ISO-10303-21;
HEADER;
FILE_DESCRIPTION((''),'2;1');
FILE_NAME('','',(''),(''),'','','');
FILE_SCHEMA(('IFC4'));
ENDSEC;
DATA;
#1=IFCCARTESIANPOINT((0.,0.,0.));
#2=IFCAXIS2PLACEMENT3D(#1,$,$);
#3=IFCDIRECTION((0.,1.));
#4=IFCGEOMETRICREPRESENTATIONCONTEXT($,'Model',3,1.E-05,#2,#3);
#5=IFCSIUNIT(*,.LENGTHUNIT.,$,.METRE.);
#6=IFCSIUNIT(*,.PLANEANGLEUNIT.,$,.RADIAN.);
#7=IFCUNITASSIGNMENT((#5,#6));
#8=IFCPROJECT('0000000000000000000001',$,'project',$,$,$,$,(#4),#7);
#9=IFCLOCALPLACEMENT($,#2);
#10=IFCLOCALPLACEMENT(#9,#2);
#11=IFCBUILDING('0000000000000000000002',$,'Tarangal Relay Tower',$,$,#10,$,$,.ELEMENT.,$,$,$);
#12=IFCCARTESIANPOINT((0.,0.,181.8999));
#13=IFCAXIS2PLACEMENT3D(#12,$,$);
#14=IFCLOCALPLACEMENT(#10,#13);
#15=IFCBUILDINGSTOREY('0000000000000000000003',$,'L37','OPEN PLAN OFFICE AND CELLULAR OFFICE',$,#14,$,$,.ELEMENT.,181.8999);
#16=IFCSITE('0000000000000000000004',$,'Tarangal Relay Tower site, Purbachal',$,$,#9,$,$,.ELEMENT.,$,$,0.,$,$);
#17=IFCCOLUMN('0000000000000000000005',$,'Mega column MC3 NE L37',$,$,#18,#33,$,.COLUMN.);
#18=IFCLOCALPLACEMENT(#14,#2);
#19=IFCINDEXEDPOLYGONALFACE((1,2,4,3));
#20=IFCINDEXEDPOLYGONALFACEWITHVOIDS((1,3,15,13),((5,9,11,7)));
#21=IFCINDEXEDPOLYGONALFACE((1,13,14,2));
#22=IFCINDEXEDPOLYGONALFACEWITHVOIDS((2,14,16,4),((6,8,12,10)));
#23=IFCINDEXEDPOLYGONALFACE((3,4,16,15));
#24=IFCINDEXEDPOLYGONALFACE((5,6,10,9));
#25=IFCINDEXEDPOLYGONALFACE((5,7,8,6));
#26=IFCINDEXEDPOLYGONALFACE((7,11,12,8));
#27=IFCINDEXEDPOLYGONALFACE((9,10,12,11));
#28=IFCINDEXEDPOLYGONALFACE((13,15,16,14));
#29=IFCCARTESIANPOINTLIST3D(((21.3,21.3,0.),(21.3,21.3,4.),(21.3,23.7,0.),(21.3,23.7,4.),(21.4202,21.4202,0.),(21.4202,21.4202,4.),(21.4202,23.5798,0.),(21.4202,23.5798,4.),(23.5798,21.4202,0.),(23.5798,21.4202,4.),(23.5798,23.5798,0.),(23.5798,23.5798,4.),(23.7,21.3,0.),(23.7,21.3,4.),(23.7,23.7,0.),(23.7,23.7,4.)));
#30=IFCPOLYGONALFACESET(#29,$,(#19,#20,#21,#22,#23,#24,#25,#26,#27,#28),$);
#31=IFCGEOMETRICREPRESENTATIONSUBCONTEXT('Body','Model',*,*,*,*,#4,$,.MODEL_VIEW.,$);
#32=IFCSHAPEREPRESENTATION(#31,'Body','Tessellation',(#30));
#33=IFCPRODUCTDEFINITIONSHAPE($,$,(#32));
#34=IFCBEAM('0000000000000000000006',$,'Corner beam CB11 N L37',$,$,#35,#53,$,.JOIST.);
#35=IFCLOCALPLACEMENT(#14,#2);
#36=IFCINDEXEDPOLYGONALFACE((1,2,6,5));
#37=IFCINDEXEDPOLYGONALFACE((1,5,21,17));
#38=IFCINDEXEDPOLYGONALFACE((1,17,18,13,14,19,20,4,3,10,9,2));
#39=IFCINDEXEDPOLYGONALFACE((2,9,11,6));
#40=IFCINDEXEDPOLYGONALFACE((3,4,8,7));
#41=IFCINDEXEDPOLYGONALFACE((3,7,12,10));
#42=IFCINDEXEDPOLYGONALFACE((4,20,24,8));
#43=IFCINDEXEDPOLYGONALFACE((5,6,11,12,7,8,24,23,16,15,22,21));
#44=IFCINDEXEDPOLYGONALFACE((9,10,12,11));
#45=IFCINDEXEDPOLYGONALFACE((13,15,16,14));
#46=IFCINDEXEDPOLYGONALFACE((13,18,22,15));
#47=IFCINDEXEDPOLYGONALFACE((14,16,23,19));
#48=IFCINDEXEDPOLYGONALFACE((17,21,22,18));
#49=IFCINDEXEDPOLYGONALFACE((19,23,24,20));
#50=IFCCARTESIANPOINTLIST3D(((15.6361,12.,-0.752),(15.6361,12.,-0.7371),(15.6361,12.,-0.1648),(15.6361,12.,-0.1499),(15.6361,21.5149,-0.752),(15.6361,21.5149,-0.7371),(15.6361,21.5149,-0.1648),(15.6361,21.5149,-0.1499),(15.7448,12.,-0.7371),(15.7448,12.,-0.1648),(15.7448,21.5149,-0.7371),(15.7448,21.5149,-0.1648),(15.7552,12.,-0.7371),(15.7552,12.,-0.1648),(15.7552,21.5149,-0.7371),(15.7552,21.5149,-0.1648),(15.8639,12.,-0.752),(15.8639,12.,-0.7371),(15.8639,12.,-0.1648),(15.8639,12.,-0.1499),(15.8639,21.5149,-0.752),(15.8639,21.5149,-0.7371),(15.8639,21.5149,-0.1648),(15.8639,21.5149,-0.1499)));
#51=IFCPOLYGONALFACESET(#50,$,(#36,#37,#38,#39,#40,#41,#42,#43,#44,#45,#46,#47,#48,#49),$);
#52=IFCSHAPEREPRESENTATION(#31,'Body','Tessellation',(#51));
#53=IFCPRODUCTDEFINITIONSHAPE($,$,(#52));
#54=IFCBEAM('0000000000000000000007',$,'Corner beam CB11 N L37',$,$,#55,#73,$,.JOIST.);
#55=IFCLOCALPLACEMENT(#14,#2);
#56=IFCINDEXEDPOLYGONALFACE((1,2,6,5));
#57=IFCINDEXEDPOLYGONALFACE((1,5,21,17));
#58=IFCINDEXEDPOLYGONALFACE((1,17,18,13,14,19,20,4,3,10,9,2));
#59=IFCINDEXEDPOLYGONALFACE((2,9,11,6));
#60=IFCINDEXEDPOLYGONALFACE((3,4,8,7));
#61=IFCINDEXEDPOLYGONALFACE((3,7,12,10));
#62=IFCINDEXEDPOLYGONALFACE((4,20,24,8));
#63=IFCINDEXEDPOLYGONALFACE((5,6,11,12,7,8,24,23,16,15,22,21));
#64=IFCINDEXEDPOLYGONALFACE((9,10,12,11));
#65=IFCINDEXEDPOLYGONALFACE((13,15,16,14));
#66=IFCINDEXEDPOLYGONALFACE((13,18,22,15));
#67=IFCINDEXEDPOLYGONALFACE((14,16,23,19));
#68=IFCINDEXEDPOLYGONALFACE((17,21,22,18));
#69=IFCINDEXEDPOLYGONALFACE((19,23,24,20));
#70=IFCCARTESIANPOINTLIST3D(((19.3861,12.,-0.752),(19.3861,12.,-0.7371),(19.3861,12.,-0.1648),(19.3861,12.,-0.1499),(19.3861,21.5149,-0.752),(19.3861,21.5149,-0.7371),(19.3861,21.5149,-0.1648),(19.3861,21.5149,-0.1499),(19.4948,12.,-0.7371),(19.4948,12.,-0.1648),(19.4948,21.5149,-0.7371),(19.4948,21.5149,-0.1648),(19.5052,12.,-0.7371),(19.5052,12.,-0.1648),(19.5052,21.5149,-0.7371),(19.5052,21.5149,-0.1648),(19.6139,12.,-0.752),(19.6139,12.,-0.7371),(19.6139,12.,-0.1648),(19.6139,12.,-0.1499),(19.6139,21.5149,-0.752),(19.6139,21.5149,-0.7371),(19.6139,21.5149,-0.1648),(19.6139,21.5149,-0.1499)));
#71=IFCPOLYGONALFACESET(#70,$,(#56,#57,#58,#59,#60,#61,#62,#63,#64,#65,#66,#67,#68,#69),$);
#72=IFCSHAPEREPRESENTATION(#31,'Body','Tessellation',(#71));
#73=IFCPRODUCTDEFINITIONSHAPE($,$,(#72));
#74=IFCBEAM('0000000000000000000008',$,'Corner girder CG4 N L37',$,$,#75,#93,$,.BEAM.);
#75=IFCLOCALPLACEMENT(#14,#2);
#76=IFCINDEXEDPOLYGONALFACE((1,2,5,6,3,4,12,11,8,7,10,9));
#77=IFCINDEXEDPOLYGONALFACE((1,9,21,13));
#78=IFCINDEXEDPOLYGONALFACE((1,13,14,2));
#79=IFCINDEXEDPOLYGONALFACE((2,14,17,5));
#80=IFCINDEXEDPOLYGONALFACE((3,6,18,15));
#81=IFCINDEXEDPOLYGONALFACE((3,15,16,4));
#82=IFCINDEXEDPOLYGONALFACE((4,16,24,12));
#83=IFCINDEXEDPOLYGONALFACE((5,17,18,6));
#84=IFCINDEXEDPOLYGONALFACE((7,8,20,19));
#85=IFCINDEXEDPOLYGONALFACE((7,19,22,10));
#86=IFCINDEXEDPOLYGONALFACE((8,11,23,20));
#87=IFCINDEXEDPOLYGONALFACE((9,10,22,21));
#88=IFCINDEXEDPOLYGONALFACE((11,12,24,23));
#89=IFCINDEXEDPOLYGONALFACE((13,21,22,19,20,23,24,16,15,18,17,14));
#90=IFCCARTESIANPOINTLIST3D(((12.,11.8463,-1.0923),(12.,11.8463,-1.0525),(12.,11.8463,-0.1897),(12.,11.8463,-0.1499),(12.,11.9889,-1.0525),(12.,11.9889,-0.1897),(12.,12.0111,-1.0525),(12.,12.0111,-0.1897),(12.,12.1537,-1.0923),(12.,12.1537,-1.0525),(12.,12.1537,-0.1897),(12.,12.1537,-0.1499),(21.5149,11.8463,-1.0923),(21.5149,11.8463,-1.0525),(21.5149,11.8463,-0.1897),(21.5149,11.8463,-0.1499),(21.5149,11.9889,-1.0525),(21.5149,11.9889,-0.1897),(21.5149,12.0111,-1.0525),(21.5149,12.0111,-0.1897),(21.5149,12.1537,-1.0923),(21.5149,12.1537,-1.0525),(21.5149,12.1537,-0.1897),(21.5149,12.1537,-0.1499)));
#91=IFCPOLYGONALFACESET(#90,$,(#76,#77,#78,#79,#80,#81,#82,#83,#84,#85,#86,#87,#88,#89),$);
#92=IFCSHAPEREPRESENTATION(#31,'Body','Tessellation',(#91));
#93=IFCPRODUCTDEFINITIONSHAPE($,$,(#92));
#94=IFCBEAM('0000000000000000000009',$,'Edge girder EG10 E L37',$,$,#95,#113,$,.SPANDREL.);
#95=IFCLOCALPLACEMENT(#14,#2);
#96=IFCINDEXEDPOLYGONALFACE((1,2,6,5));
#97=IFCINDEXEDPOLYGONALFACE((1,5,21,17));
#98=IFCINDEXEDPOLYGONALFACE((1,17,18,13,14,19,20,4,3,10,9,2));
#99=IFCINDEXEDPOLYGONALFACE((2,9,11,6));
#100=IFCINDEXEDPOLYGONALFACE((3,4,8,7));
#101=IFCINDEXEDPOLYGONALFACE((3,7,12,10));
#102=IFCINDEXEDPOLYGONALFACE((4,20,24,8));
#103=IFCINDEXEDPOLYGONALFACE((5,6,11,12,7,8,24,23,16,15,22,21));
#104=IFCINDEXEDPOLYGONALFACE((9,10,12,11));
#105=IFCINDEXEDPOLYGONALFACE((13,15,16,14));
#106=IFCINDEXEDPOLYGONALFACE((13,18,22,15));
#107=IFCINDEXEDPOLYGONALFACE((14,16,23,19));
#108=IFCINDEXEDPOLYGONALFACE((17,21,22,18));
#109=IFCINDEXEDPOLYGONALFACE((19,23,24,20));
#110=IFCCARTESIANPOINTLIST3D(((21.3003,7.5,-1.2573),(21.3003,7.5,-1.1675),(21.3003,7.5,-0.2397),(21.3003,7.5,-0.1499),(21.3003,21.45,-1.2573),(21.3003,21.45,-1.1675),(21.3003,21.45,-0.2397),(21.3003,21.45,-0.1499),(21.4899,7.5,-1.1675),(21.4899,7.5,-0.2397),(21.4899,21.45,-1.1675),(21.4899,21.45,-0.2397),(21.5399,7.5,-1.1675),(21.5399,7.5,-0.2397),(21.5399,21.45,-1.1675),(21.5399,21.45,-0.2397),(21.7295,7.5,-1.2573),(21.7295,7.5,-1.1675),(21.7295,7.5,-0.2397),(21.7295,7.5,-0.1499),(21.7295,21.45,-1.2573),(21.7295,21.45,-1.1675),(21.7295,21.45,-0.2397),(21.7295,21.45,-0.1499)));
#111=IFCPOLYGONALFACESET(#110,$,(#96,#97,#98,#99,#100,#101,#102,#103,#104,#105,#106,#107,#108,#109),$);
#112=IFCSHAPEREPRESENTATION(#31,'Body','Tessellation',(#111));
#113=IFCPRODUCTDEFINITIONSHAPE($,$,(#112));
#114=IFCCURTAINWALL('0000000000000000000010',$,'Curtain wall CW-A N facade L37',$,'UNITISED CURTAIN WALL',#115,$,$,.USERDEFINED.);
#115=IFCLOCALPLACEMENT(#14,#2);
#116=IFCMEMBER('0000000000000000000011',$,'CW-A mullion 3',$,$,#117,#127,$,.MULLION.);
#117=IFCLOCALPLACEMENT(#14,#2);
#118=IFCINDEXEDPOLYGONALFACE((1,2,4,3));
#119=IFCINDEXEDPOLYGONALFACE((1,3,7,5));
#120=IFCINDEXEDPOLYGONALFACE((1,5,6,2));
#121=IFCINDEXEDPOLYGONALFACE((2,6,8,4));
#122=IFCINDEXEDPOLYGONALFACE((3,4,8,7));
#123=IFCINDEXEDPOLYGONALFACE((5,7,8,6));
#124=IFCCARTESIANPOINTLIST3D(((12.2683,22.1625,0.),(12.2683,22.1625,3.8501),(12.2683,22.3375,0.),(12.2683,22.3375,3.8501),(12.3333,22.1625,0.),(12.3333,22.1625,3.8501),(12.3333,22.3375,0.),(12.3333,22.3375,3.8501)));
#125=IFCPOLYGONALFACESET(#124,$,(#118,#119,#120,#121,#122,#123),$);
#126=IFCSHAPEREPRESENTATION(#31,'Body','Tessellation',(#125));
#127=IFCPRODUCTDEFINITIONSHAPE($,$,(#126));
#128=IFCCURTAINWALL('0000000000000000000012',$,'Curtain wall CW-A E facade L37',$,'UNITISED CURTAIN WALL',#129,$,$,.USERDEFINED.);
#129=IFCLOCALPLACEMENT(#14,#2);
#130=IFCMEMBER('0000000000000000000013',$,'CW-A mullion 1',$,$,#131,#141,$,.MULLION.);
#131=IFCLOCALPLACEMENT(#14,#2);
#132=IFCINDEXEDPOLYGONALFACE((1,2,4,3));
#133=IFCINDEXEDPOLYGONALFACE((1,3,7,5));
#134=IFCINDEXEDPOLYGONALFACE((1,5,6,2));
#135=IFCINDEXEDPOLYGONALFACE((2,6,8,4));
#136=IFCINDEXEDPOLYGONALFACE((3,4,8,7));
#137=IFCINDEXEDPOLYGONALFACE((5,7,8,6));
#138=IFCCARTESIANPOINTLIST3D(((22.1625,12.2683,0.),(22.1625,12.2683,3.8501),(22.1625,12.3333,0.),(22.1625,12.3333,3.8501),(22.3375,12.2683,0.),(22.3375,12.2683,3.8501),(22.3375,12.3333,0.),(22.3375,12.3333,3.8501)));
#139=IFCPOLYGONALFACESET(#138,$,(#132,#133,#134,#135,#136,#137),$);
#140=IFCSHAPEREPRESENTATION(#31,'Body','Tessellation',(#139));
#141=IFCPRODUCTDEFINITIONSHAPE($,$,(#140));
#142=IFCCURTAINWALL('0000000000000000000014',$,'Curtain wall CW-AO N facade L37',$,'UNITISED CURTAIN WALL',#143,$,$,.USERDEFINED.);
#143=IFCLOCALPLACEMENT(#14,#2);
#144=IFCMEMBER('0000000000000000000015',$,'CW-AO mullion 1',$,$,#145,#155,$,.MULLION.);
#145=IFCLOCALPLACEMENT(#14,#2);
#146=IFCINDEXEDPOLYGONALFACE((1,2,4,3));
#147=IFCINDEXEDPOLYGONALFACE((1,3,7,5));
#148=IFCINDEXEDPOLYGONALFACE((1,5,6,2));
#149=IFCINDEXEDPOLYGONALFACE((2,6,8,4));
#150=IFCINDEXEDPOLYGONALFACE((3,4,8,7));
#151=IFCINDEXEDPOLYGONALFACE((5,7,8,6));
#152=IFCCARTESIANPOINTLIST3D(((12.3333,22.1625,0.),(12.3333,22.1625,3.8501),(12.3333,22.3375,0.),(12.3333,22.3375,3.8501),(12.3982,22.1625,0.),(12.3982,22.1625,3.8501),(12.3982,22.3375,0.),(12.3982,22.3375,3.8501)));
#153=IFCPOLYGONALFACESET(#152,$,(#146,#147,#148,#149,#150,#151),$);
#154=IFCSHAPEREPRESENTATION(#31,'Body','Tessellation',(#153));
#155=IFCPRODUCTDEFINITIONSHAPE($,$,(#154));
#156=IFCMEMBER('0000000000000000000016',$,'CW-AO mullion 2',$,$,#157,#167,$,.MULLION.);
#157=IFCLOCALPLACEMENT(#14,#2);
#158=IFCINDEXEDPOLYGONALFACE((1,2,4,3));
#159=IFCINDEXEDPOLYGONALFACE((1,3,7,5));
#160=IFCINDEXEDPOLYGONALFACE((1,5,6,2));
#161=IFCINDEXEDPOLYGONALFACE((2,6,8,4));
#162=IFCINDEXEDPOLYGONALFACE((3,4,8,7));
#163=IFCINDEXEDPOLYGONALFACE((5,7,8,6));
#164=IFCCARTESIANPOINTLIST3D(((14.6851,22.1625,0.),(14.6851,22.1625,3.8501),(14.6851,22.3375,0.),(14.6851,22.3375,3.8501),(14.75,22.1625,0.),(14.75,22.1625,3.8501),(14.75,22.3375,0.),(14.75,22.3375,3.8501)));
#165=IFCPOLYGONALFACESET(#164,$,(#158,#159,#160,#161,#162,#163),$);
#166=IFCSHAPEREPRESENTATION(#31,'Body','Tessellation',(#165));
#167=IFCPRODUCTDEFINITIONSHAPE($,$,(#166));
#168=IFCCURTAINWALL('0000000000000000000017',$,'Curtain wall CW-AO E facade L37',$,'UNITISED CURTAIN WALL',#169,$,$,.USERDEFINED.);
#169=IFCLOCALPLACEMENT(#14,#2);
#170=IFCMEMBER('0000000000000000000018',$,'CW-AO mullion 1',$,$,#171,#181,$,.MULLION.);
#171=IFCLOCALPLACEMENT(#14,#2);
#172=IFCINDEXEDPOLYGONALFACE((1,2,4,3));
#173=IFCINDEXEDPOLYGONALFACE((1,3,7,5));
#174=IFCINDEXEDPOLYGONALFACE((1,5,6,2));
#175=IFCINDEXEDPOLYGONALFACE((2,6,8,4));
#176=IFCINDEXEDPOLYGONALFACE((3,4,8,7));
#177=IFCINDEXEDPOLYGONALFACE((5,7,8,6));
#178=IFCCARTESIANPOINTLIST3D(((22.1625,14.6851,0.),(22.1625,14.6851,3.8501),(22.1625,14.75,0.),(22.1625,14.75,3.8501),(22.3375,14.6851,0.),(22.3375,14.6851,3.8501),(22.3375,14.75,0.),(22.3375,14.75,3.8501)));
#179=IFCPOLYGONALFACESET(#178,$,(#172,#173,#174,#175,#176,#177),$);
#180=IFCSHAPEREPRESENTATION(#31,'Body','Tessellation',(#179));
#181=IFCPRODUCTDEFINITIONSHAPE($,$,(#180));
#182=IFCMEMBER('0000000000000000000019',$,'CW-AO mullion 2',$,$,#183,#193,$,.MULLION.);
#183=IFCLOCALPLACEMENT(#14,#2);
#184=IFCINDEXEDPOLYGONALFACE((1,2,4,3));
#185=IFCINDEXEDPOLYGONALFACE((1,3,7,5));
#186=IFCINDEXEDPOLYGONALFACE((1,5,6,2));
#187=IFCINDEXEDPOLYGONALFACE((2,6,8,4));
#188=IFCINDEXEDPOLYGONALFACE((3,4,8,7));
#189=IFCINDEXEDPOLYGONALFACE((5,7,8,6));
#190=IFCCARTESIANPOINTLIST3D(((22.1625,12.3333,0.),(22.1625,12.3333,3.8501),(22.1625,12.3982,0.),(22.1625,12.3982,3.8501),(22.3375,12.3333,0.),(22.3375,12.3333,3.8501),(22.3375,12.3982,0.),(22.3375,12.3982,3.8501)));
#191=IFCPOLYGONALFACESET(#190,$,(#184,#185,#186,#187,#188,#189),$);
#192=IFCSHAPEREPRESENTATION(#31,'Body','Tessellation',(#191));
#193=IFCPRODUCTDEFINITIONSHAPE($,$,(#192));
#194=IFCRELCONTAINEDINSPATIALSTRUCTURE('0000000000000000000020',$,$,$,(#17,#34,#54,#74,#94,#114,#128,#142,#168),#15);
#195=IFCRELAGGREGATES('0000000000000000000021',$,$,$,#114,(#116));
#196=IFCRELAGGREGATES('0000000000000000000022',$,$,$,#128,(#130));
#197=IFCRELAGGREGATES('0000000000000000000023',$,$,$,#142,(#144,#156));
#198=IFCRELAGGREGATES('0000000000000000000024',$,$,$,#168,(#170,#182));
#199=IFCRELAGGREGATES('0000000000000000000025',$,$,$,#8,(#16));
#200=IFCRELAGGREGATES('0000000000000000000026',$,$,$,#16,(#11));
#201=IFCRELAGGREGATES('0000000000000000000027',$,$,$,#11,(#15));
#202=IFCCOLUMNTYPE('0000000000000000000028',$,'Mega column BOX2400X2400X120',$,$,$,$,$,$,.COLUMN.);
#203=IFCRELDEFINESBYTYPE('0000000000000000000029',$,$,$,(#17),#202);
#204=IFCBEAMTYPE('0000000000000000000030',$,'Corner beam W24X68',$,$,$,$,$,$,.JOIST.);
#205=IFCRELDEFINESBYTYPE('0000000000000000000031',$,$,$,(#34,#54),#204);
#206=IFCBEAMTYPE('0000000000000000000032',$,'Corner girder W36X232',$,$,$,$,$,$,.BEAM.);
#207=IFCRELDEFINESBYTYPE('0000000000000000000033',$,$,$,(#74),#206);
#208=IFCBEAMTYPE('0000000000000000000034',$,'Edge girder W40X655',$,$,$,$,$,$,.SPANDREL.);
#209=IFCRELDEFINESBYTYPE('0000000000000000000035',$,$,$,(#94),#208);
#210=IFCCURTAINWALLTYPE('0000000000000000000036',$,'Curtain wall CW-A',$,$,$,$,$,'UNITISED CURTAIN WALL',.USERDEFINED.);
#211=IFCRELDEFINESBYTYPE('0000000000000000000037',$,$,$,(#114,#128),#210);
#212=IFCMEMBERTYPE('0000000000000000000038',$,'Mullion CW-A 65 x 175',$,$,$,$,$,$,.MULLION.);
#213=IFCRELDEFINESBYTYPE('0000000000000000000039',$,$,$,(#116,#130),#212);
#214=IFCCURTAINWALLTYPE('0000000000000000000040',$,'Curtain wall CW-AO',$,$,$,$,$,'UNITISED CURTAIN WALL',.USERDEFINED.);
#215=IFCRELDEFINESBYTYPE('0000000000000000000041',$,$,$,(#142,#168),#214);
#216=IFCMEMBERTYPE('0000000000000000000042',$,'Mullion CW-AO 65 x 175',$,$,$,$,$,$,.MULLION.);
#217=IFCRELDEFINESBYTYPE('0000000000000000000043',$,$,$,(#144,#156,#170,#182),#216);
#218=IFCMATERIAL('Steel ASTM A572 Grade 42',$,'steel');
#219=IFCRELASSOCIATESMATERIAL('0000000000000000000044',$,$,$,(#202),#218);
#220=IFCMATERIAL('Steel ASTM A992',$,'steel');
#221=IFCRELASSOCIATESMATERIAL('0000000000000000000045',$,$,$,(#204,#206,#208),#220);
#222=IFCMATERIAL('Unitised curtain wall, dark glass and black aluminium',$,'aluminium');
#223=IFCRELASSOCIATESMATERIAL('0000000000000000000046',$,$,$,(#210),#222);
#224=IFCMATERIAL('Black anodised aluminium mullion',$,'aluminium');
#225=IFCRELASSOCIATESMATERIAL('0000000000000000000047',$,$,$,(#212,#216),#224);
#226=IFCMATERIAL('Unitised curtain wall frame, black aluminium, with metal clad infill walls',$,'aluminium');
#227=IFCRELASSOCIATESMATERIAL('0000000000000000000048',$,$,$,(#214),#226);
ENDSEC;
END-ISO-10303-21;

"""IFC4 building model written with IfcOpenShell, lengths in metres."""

from ifc_helpers import new_model, si_unit, direction, frame, origin, origin_2d, place, context, subcontext, project, spatial, rectangle, hollow_rectangle, i_section, extrude, material, material_profile, profile_set, type_object, element, aggregate, save


model = new_model("IFC4")

# Units and contexts
model_context = context("Model", 3, precision=1e-05, world=origin(), true_north=direction((0.0, 1.0)))
body_context = subcontext(model_context, "Body", "Model", "MODEL_VIEW")
ifc_project = project(units=[si_unit("LENGTHUNIT", "METRE"), si_unit("PLANEANGLEUNIT", "RADIAN")], contexts=[model_context])

# Site, building, storey
site_placement = place(None, origin())
site = spatial("IfcSite", under=ifc_project, at=site_placement, Name="Tarangal Relay Tower site, Purbachal", CompositionType="ELEMENT", RefElevation=0.0)
building_placement = place(site_placement, origin())
building = spatial("IfcBuilding", under=site, at=building_placement, Name="Tarangal Relay Tower", CompositionType="ELEMENT")
storey_placement = place(building_placement, frame((0.0, 0.0, 181.8999)))
storey = spatial("IfcBuildingStorey", under=building, at=storey_placement, Name="L37", Description="OPEN PLAN OFFICE AND CELLULAR OFFICE", CompositionType="ELEMENT", Elevation=181.8999)

# Column
ifc_material_1 = material(Name="Steel ASTM A572 Grade 42", Category="steel")
ifc_material_profile_1 = material_profile(ifc_material_1, hollow_rectangle(XDim=2.3999, YDim=2.3999, WallThickness=0.1201, at=origin_2d()), Name="BOX2400X2400X120")
ifc_profile_set_1 = profile_set([ifc_material_profile_1], Name="Steel ASTM A572 Grade 42")
column_type = type_object("IfcColumnType", Name="Mega column BOX2400X2400X120", PredefinedType="COLUMN", material=ifc_profile_set_1)
column_placement = place(storey_placement, frame((22.5, 22.5, 0.0), z_axis=(0.0, 0.0, 1.0), x_axis=(1.0, 0.0, 0.0)))
element("IfcColumn", 1, at=column_placement, inside=storey, type_object=column_type, Name="Mega column MC3 NE L37", PredefinedType="COLUMN", context=body_context, shape_type="SweptSolid", body=[
    extrude(hollow_rectangle(XDim=2.3999, YDim=2.3999, WallThickness=0.1201, at=origin_2d()), origin(), (0.0, 0.0, 1.0), 4.0),
])

# Beams
ifc_material_2 = material(Name="Steel ASTM A992", Category="steel")
ifc_material_profile_2 = material_profile(ifc_material_2, i_section(OverallWidth=0.2278, OverallDepth=0.6021, WebThickness=0.0105, FlangeThickness=0.0149, at=origin_2d()), Name="W24X68")
ifc_profile_set_2 = profile_set([ifc_material_profile_2], Name="Steel ASTM A992")
beam_type_1 = type_object("IfcBeamType", Name="Corner beam W24X68", PredefinedType="JOIST", material=ifc_profile_set_2)
for number, where, z_axis, x_axis, name in (
    (2, (15.75, 12.0, -0.4509), (0.0, 1.0, 0.0), (-1.0, 0.0, 0.0), "Corner beam CB11 N L37"),
    (3, (19.5, 12.0, -0.4509), (0.0, 1.0, 0.0), (-1.0, 0.0, 0.0), "Corner beam CB11 N L37"),
):
    element("IfcBeam", number, at=place(storey_placement, frame(where, z_axis=z_axis, x_axis=x_axis)), inside=storey, type_object=beam_type_1, Name=name, PredefinedType="JOIST", context=body_context, shape_type="SweptSolid", body=[
        extrude(i_section(OverallWidth=0.2278, OverallDepth=0.6021, WebThickness=0.0105, FlangeThickness=0.0149, at=origin_2d()), origin(), (0.0, 0.0, 1.0), 9.5149),
    ])
ifc_material_profile_3 = material_profile(ifc_material_2, i_section(OverallWidth=0.3074, OverallDepth=0.9424, WebThickness=0.0222, FlangeThickness=0.0398, at=origin_2d()), Name="W36X232")
ifc_profile_set_3 = profile_set([ifc_material_profile_3], Name="Steel ASTM A992")
beam_type_2 = type_object("IfcBeamType", Name="Corner girder W36X232", PredefinedType="BEAM", material=ifc_profile_set_3)
beam_1_placement = place(storey_placement, frame((12.0, 12.0, -0.6211), z_axis=(1.0, 0.0, 0.0), x_axis=(0.0, 1.0, 0.0)))
element("IfcBeam", 4, at=beam_1_placement, inside=storey, type_object=beam_type_2, Name="Corner girder CG4 N L37", PredefinedType="BEAM", context=body_context, shape_type="SweptSolid", body=[
    extrude(i_section(OverallWidth=0.3074, OverallDepth=0.9424, WebThickness=0.0222, FlangeThickness=0.0398, at=origin_2d()), origin(), (0.0, 0.0, 1.0), 9.5149),
])
ifc_material_profile_4 = material_profile(ifc_material_2, i_section(OverallWidth=0.4292, OverallDepth=1.1074, WebThickness=0.05, FlangeThickness=0.0898, at=origin_2d()), Name="W40X655")
ifc_profile_set_4 = profile_set([ifc_material_profile_4], Name="Steel ASTM A992")
beam_type_3 = type_object("IfcBeamType", Name="Edge girder W40X655", PredefinedType="SPANDREL", material=ifc_profile_set_4)
beam_2_placement = place(storey_placement, frame((21.5149, 21.45, -0.7036), z_axis=(0.0, -1.0, 0.0), x_axis=(1.0, 0.0, 0.0)))
element("IfcBeam", 5, at=beam_2_placement, inside=storey, type_object=beam_type_3, Name="Edge girder EG10 E L37", PredefinedType="SPANDREL", context=body_context, shape_type="SweptSolid", body=[
    extrude(i_section(OverallWidth=0.4292, OverallDepth=1.1074, WebThickness=0.05, FlangeThickness=0.0898, at=origin_2d()), origin(), (0.0, 0.0, 1.0), 13.95),
])

# Curtain walls, members
ifc_material_3 = material(Name="Unitised curtain wall, dark glass and black aluminium", Category="aluminium")
curtain_wall_type_1 = type_object("IfcCurtainWallType", Name="Curtain wall CW-A", ElementType="UNITISED CURTAIN WALL", PredefinedType="USERDEFINED", material=ifc_material_3)
curtain_wall_1_placement = place(storey_placement, origin())
curtain_wall_1 = element("IfcCurtainWall", 6, at=curtain_wall_1_placement, inside=storey, type_object=curtain_wall_type_1, Name="Curtain wall CW-A N facade L37", ObjectType="UNITISED CURTAIN WALL", PredefinedType="USERDEFINED")
ifc_material_4 = material(Name="Black anodised aluminium mullion", Category="aluminium")
ifc_material_profile_5 = material_profile(ifc_material_4, rectangle(XDim=0.175, YDim=0.0649, at=origin_2d()), Name="CW-AM 65X175")
ifc_profile_set_5 = profile_set([ifc_material_profile_5], Name="Black anodised aluminium mullion")
member_type_1 = type_object("IfcMemberType", Name="Mullion CW-A 65 x 175", PredefinedType="MULLION", material=ifc_profile_set_5)
member_1_placement = place(storey_placement, frame((12.3008, 22.25, 0.0), z_axis=(0.0, 0.0, 1.0), x_axis=(0.0, 1.0, 0.0)))
member_1 = element("IfcMember", 7, at=member_1_placement, type_object=member_type_1, Name="CW-A mullion 3", PredefinedType="MULLION", context=body_context, shape_type="SweptSolid", body=[
    extrude(rectangle(XDim=0.175, YDim=0.0649, at=origin_2d()), origin(), (0.0, 0.0, 1.0), 3.8501),
])
aggregate(curtain_wall_1, [member_1])
curtain_wall_2_placement = place(storey_placement, origin())
curtain_wall_2 = element("IfcCurtainWall", 8, at=curtain_wall_2_placement, inside=storey, type_object=curtain_wall_type_1, Name="Curtain wall CW-A E facade L37", ObjectType="UNITISED CURTAIN WALL", PredefinedType="USERDEFINED")
member_2_placement = place(storey_placement, frame((22.25, 12.3008, 0.0), z_axis=(0.0, 0.0, 1.0), x_axis=(1.0, 0.0, 0.0)))
member_2 = element("IfcMember", 9, at=member_2_placement, type_object=member_type_1, Name="CW-A mullion 1", PredefinedType="MULLION", context=body_context, shape_type="SweptSolid", body=[
    extrude(rectangle(XDim=0.175, YDim=0.0649, at=origin_2d()), origin(), (0.0, 0.0, 1.0), 3.8501),
])

# Curtain walls, members
ifc_material_5 = material(Name="Unitised curtain wall frame, black aluminium, with metal clad infill walls", Category="aluminium")
curtain_wall_type_2 = type_object("IfcCurtainWallType", Name="Curtain wall CW-AO", ElementType="UNITISED CURTAIN WALL", PredefinedType="USERDEFINED", material=ifc_material_5)
curtain_wall_3_placement = place(storey_placement, origin())
curtain_wall_3 = element("IfcCurtainWall", 10, at=curtain_wall_3_placement, inside=storey, type_object=curtain_wall_type_2, Name="Curtain wall CW-AO N facade L37", ObjectType="UNITISED CURTAIN WALL", PredefinedType="USERDEFINED")
ifc_material_profile_6 = material_profile(ifc_material_4, rectangle(XDim=0.175, YDim=0.0649, at=origin_2d()), Name="CW-AOM 65X175")
ifc_profile_set_6 = profile_set([ifc_material_profile_6], Name="Black anodised aluminium mullion")
member_type_2 = type_object("IfcMemberType", Name="Mullion CW-AO 65 x 175", PredefinedType="MULLION", material=ifc_profile_set_6)
member_3_placement = place(storey_placement, frame((12.3657, 22.25, 0.0), z_axis=(0.0, 0.0, 1.0), x_axis=(0.0, 1.0, 0.0)))
member_3 = element("IfcMember", 11, at=member_3_placement, type_object=member_type_2, Name="CW-AO mullion 1", PredefinedType="MULLION", context=body_context, shape_type="SweptSolid", body=[
    extrude(rectangle(XDim=0.175, YDim=0.0649, at=origin_2d()), origin(), (0.0, 0.0, 1.0), 3.8501),
])
member_4_placement = place(storey_placement, frame((14.7175, 22.25, 0.0), z_axis=(0.0, 0.0, 1.0), x_axis=(0.0, 1.0, 0.0)))
member_4 = element("IfcMember", 12, at=member_4_placement, type_object=member_type_2, Name="CW-AO mullion 2", PredefinedType="MULLION", context=body_context, shape_type="SweptSolid", body=[
    extrude(rectangle(XDim=0.175, YDim=0.0649, at=origin_2d()), origin(), (0.0, 0.0, 1.0), 3.8501),
])
curtain_wall_4_placement = place(storey_placement, origin())
curtain_wall_4 = element("IfcCurtainWall", 13, at=curtain_wall_4_placement, inside=storey, type_object=curtain_wall_type_2, Name="Curtain wall CW-AO E facade L37", ObjectType="UNITISED CURTAIN WALL", PredefinedType="USERDEFINED")
member_5_placement = place(storey_placement, frame((22.25, 14.7175, 0.0), z_axis=(0.0, 0.0, 1.0), x_axis=(1.0, 0.0, 0.0)))
member_5 = element("IfcMember", 14, at=member_5_placement, type_object=member_type_2, Name="CW-AO mullion 1", PredefinedType="MULLION", context=body_context, shape_type="SweptSolid", body=[
    extrude(rectangle(XDim=0.175, YDim=0.0649, at=origin_2d()), origin(), (0.0, 0.0, 1.0), 3.8501),
])
member_6_placement = place(storey_placement, frame((22.25, 12.3657, 0.0), z_axis=(0.0, 0.0, 1.0), x_axis=(1.0, 0.0, 0.0)))
member_6 = element("IfcMember", 15, at=member_6_placement, type_object=member_type_2, Name="CW-AO mullion 2", PredefinedType="MULLION", context=body_context, shape_type="SweptSolid", body=[
    extrude(rectangle(XDim=0.175, YDim=0.0649, at=origin_2d()), origin(), (0.0, 0.0, 1.0), 3.8501),
])

aggregate(curtain_wall_2, [member_2])
aggregate(curtain_wall_3, [member_3, member_4])
aggregate(curtain_wall_4, [member_5, member_6])

save(model, "model.ifc")
